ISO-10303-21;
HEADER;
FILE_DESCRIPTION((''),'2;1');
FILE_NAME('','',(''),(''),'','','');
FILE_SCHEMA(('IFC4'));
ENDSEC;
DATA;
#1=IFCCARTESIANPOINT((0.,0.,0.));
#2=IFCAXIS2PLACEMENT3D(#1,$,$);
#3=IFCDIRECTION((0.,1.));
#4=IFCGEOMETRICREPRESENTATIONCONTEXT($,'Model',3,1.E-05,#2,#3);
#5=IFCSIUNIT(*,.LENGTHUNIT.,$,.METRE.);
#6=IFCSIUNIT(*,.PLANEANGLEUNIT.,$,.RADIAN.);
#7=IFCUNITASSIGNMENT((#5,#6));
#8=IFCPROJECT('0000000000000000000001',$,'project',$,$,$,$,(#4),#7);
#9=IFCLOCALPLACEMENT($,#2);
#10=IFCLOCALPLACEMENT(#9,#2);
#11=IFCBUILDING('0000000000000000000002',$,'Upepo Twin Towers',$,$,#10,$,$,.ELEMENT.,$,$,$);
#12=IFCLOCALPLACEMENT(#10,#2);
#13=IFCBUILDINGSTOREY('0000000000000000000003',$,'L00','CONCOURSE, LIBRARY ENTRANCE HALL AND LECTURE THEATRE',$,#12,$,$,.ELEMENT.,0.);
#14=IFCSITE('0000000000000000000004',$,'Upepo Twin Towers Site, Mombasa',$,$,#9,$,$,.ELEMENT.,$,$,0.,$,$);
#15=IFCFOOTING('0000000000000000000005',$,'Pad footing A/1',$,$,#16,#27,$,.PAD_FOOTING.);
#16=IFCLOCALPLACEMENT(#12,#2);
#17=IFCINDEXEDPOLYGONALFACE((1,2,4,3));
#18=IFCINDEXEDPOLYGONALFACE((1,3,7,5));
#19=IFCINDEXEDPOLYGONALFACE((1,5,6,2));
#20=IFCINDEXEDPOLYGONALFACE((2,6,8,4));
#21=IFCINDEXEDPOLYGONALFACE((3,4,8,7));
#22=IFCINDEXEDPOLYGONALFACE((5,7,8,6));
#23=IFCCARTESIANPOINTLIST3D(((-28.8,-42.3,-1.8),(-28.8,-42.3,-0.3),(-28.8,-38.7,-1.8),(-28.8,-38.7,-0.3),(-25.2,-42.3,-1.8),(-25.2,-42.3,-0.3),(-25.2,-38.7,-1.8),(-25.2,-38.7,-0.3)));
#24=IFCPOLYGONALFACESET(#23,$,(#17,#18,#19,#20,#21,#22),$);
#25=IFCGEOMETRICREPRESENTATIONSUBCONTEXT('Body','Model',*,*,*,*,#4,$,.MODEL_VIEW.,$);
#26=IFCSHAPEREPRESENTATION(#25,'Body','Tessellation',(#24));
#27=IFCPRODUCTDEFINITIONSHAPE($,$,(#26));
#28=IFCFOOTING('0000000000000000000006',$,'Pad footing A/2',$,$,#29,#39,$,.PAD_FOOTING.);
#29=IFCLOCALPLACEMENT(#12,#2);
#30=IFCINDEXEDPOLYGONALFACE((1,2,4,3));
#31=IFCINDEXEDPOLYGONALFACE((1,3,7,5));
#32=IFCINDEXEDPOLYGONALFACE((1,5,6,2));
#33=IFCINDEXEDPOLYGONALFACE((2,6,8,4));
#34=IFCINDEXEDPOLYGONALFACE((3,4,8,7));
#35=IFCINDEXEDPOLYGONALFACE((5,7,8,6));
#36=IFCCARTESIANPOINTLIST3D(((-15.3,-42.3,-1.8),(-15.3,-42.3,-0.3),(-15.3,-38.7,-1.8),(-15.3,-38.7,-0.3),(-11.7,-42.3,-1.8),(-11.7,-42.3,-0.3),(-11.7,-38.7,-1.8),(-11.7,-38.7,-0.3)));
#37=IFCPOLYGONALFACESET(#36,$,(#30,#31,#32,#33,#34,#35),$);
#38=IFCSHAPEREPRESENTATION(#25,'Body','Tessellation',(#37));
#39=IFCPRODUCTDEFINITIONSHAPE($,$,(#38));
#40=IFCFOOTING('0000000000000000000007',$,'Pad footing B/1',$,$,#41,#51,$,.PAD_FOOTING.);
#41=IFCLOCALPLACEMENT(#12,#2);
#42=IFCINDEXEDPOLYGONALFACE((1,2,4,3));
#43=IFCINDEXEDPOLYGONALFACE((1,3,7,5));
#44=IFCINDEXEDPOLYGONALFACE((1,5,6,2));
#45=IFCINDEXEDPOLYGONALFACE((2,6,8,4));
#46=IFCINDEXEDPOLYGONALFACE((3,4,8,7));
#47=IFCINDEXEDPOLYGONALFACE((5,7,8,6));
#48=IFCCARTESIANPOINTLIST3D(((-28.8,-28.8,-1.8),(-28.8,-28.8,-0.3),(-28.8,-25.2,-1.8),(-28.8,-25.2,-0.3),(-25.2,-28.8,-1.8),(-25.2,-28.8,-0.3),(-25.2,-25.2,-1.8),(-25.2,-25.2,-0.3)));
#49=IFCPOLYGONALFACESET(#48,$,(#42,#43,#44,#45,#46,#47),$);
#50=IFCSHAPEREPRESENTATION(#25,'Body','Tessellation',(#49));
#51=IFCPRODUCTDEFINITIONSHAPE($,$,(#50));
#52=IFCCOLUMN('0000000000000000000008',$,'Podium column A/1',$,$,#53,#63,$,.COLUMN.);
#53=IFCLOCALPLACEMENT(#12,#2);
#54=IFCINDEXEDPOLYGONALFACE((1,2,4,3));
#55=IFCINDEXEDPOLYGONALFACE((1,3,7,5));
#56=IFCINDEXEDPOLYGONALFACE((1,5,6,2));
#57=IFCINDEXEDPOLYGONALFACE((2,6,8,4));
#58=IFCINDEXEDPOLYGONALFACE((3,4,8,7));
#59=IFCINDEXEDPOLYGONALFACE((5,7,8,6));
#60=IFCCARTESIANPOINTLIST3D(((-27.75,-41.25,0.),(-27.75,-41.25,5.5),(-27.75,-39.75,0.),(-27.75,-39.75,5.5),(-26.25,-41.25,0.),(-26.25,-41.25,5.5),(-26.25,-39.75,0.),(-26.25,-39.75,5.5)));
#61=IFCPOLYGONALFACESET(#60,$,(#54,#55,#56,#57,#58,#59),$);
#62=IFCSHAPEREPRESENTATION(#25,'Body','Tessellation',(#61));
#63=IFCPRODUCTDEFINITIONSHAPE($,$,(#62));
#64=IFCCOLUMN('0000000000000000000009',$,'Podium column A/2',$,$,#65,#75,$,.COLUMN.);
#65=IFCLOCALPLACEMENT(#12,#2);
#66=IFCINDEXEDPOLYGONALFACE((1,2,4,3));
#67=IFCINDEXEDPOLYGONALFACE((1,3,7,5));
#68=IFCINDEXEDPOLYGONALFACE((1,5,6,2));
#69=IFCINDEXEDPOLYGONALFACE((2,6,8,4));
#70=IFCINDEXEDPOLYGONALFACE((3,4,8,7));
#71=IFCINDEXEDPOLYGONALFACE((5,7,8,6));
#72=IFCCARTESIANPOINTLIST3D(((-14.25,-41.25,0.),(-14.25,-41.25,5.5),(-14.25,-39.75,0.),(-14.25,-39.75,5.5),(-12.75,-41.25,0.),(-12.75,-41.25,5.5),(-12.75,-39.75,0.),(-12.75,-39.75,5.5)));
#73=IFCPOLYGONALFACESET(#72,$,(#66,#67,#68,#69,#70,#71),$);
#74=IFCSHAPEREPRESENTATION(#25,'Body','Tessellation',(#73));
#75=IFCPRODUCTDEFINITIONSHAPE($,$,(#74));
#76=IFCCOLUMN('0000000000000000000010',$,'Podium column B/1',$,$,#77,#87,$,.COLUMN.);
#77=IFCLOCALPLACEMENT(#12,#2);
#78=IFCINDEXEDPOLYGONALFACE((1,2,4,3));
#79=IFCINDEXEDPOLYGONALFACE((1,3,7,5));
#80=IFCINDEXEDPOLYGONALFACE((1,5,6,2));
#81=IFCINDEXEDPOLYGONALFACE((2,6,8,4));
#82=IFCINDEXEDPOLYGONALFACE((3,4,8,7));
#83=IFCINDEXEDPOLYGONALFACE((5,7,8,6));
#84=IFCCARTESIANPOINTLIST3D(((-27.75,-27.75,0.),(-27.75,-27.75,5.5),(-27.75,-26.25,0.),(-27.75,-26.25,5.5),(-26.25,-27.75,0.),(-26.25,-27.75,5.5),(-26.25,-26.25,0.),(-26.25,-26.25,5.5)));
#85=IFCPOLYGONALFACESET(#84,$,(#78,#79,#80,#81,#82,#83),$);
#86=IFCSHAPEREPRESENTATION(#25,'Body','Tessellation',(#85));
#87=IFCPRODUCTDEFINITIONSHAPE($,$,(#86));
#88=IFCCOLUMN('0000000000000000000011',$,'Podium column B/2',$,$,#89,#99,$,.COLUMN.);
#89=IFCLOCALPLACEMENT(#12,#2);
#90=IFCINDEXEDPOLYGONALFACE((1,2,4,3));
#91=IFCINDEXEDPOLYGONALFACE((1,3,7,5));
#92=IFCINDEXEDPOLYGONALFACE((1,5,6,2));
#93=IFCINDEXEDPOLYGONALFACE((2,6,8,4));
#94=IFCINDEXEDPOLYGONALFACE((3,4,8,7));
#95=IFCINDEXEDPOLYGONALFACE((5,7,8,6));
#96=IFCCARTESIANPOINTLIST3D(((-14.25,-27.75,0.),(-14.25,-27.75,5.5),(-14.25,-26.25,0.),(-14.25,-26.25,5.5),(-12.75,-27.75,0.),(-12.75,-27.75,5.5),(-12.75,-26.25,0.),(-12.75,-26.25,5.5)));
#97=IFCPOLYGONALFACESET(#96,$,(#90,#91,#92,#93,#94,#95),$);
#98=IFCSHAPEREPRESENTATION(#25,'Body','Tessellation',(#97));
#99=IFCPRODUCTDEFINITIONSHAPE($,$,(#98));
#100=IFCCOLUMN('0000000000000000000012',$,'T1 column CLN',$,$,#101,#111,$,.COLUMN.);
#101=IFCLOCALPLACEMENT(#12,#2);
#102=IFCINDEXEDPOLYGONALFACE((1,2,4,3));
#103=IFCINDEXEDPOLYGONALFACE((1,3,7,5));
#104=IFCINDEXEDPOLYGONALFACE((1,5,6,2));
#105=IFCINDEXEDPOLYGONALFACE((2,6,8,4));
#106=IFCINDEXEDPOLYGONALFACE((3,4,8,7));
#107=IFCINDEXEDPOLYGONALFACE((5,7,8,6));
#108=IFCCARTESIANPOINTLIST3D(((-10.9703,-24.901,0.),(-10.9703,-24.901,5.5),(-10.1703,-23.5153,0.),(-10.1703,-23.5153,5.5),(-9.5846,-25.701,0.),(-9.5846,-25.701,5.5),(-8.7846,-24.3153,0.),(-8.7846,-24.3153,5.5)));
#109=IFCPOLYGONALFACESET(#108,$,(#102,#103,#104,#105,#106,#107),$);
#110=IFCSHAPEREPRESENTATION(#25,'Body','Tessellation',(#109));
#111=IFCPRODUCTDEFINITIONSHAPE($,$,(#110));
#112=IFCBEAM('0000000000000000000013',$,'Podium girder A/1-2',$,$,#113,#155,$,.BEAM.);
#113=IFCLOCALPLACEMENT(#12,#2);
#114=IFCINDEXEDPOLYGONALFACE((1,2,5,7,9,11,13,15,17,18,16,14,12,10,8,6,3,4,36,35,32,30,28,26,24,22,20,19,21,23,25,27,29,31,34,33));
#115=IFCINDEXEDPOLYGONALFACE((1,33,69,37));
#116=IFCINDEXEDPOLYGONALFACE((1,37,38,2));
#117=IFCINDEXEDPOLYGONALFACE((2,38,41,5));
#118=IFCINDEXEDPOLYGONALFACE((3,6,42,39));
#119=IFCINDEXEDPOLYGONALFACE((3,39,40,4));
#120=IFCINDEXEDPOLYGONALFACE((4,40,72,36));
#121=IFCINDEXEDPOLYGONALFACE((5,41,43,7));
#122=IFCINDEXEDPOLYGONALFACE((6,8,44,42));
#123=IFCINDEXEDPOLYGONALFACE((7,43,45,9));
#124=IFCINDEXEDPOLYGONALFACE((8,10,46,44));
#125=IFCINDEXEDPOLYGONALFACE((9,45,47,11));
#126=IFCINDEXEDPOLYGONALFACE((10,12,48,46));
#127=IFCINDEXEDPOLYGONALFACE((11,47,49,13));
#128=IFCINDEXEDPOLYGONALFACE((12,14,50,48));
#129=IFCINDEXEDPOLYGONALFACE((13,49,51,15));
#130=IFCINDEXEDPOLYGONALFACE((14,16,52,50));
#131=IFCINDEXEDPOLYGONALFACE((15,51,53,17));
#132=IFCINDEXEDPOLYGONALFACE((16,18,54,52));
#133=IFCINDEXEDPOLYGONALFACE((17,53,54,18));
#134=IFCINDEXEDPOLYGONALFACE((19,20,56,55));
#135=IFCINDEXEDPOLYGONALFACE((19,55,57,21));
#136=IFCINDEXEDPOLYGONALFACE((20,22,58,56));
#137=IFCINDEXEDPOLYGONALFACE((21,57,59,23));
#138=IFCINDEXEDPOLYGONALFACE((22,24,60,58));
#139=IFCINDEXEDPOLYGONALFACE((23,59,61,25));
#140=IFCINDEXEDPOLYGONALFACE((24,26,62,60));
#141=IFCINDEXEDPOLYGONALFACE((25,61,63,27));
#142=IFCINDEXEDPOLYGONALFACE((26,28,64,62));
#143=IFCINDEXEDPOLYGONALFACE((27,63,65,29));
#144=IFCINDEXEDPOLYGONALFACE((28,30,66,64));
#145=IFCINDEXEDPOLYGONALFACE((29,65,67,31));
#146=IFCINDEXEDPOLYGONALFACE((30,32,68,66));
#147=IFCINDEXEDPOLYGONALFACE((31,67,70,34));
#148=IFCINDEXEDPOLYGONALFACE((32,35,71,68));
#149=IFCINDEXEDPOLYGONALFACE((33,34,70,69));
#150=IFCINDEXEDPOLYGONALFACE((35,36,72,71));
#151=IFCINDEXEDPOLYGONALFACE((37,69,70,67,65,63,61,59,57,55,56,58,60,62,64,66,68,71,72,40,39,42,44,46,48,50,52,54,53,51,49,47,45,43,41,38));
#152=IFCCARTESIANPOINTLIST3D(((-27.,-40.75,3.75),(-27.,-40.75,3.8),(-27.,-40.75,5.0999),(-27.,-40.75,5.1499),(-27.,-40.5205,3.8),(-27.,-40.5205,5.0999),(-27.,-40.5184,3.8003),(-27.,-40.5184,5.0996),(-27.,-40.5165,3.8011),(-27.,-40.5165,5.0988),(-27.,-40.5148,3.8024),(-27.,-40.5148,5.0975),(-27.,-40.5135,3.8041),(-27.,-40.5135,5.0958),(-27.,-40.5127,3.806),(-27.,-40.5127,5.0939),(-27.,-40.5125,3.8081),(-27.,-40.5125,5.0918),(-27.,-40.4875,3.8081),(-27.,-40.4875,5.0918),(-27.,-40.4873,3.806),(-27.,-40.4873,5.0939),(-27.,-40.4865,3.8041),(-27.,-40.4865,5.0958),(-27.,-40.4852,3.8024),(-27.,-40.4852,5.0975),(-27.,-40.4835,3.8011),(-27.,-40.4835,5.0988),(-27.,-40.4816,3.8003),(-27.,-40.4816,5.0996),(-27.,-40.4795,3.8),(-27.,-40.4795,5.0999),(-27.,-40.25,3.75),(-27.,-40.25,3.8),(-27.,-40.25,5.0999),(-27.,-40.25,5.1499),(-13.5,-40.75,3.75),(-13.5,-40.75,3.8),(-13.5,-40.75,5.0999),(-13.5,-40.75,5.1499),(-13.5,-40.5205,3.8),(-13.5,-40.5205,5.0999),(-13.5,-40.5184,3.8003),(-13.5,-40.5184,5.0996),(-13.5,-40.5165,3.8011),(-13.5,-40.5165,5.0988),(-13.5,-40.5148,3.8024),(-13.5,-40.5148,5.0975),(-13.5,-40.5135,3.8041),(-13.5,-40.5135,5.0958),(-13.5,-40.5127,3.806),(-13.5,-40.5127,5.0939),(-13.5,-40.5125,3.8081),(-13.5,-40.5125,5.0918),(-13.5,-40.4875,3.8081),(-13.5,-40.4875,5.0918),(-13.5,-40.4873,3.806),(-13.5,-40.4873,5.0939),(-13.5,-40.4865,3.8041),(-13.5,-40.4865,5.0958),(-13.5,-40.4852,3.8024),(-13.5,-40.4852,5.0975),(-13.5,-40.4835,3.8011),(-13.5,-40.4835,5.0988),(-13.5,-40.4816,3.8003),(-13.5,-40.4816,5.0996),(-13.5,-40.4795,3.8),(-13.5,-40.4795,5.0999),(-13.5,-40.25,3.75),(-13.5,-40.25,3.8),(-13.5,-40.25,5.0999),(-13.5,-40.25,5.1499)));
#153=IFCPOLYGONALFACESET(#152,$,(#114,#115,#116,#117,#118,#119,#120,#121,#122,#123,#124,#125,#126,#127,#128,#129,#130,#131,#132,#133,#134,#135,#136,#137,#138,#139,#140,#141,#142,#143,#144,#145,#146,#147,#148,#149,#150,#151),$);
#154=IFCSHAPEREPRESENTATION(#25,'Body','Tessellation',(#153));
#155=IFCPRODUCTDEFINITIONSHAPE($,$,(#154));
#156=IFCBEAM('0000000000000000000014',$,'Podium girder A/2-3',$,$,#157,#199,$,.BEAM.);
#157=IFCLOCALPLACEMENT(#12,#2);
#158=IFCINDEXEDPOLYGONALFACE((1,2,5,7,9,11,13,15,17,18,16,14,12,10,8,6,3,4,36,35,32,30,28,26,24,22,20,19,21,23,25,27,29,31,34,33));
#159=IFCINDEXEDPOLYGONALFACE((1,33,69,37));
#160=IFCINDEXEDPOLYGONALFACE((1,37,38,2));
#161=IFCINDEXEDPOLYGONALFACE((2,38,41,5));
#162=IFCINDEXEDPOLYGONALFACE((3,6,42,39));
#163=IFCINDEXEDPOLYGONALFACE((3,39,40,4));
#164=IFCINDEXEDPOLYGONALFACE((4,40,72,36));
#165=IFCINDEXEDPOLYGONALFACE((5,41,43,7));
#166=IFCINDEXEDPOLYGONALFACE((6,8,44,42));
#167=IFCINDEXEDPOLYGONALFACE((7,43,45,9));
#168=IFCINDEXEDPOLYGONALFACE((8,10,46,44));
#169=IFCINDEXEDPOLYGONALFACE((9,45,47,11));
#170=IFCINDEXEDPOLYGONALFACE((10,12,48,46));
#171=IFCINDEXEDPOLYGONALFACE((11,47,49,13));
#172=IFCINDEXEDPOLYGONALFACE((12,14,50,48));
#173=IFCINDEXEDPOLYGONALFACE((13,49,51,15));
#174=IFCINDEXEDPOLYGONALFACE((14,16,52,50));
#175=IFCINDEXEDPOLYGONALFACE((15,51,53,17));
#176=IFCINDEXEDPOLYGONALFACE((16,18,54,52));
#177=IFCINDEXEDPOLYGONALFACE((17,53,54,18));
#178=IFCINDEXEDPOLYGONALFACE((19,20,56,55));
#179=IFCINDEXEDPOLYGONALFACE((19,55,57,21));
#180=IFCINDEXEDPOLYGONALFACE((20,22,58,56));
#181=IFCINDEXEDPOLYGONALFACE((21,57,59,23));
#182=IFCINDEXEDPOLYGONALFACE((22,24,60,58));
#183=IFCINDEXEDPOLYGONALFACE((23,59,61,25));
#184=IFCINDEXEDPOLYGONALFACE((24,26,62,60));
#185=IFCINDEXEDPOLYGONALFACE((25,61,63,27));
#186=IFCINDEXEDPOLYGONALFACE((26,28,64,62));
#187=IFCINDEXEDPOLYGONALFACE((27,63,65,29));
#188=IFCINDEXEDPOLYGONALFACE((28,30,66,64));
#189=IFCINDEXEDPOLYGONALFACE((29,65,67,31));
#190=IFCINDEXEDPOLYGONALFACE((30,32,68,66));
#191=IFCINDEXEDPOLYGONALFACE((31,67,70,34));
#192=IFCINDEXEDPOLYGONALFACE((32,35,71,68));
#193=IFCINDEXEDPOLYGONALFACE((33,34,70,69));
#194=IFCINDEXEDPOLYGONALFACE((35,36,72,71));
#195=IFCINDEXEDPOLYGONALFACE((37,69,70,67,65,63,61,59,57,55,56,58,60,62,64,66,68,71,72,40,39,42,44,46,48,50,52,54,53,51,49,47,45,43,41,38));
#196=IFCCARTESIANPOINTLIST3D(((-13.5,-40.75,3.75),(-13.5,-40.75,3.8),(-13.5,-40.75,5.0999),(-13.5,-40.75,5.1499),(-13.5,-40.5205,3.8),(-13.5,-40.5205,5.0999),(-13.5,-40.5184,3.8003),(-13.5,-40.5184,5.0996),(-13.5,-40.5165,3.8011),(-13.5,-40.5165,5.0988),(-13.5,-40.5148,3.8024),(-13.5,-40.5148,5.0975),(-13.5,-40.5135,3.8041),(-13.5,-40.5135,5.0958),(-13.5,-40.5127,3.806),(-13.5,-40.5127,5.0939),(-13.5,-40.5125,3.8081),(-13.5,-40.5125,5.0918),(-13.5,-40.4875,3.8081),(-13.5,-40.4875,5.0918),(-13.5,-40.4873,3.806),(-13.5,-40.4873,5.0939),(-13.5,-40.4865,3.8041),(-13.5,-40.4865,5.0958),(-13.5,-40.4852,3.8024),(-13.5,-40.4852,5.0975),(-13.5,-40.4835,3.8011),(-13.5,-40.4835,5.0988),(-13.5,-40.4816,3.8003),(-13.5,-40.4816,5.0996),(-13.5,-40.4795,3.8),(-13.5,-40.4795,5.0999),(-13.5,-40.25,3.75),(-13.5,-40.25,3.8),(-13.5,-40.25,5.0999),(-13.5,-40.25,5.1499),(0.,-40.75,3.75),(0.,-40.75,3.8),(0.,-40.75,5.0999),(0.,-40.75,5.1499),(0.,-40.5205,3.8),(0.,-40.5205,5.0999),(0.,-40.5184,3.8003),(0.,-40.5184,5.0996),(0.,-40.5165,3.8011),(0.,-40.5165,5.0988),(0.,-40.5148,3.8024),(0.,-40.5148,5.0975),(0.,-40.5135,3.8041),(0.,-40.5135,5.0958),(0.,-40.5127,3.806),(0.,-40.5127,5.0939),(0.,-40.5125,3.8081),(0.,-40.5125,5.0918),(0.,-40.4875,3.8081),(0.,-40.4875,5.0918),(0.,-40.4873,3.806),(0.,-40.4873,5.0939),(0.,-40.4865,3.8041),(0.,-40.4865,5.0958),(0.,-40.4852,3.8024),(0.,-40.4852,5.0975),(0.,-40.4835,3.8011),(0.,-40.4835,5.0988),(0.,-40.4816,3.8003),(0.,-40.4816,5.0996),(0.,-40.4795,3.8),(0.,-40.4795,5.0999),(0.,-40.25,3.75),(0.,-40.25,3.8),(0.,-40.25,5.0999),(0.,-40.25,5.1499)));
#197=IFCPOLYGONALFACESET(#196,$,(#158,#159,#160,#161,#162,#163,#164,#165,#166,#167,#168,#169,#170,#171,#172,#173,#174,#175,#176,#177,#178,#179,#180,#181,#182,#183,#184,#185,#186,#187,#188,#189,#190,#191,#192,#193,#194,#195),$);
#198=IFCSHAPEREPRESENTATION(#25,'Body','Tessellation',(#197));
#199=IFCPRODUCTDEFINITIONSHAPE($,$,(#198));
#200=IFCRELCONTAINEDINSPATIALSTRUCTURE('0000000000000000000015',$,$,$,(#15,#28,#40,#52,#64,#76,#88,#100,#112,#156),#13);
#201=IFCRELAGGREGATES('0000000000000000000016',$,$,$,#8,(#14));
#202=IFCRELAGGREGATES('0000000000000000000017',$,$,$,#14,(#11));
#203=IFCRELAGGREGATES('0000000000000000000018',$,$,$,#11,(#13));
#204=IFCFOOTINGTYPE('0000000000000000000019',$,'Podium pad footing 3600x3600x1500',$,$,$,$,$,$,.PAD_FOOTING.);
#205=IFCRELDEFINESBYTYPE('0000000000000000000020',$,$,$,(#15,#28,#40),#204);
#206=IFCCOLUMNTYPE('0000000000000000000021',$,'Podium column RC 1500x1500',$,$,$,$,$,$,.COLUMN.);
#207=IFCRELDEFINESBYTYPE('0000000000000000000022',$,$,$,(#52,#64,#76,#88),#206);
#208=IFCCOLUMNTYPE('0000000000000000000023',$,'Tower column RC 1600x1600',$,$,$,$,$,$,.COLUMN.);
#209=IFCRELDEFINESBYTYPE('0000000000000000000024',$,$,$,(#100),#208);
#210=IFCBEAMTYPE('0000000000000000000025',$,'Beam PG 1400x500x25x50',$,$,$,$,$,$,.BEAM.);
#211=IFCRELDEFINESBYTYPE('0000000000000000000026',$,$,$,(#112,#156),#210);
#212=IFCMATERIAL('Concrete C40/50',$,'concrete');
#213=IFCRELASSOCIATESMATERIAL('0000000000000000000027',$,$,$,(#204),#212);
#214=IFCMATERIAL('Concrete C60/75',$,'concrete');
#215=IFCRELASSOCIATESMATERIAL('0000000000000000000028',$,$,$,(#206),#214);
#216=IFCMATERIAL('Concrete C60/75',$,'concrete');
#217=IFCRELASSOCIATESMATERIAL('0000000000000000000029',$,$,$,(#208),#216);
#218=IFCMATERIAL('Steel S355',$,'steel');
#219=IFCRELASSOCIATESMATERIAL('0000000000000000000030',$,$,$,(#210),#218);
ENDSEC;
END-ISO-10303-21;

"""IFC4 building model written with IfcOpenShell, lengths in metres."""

from ifc_helpers import new_model, si_unit, direction, frame, origin, origin_2d, place, context, subcontext, project, spatial, rectangle, i_section, extrude, material, material_profile, profile_set, type_object, element, save


model = new_model("IFC4")

# Units and contexts
model_context = context("Model", 3, precision=1e-05, world=origin(), true_north=direction((0.0, 1.0)))
body_context = subcontext(model_context, "Body", "Model", "MODEL_VIEW")
ifc_project = project(units=[si_unit("LENGTHUNIT", "METRE"), si_unit("PLANEANGLEUNIT", "RADIAN")], contexts=[model_context])

# Site, building, storey
site_placement = place(None, origin())
site = spatial("IfcSite", under=ifc_project, at=site_placement, Name="Upepo Twin Towers Site, Mombasa", CompositionType="ELEMENT", RefElevation=0.0)
building_placement = place(site_placement, origin())
building = spatial("IfcBuilding", under=site, at=building_placement, Name="Upepo Twin Towers", CompositionType="ELEMENT")
storey_placement = place(building_placement, origin())
storey = spatial("IfcBuildingStorey", under=building, at=storey_placement, Name="L00", Description="CONCOURSE, LIBRARY ENTRANCE HALL AND LECTURE THEATRE", CompositionType="ELEMENT", Elevation=0.0)

# Footings
ifc_material_1 = material(Name="Concrete C40/50", Category="concrete")
footing_type = type_object("IfcFootingType", Name="Podium pad footing 3600x3600x1500", PredefinedType="PAD_FOOTING", material=ifc_material_1)
for number, where, z_axis, x_axis, name in (
    (1, (-27.0, -40.5, -1.8), (0.0, 0.0, 1.0), (1.0, 0.0, 0.0), "Pad footing A/1"),
    (2, (-13.5, -40.5, -1.8), (0.0, 0.0, 1.0), (1.0, 0.0, 0.0), "Pad footing A/2"),
    (3, (-27.0, -27.0, -1.8), (0.0, 0.0, 1.0), (1.0, 0.0, 0.0), "Pad footing B/1"),
):
    element("IfcFooting", number, at=place(storey_placement, frame(where, z_axis=z_axis, x_axis=x_axis)), inside=storey, type_object=footing_type, Name=name, PredefinedType="PAD_FOOTING", context=body_context, shape_type="SweptSolid", body=[
        extrude(rectangle(XDim=3.6001, YDim=3.6001, at=origin_2d()), origin(), (0.0, 0.0, 1.0), 1.5),
    ])

# Columns
ifc_material_2 = material(Name="Concrete C60/75", Category="concrete")
ifc_material_profile_1 = material_profile(ifc_material_2, rectangle(XDim=1.5, YDim=1.5, at=origin_2d()), Name="RC 1500x1500")
ifc_profile_set_1 = profile_set([ifc_material_profile_1], Name="Concrete C60/75")
column_type_1 = type_object("IfcColumnType", Name="Podium column RC 1500x1500", PredefinedType="COLUMN", material=ifc_profile_set_1)
for number, where, z_axis, x_axis, name in (
    (4, (-27.0, -40.5, 0.0), (0.0, 0.0, 1.0), (1.0, 0.0, 0.0), "Podium column A/1"),
    (5, (-13.5, -40.5, 0.0), (0.0, 0.0, 1.0), (1.0, 0.0, 0.0), "Podium column A/2"),
    (6, (-27.0, -27.0, 0.0), (0.0, 0.0, 1.0), (1.0, 0.0, 0.0), "Podium column B/1"),
    (7, (-13.5, -27.0, 0.0), (0.0, 0.0, 1.0), (1.0, 0.0, 0.0), "Podium column B/2"),
):
    element("IfcColumn", number, at=place(storey_placement, frame(where, z_axis=z_axis, x_axis=x_axis)), inside=storey, type_object=column_type_1, Name=name, PredefinedType="COLUMN", context=body_context, shape_type="SweptSolid", body=[
        extrude(rectangle(XDim=1.5, YDim=1.5, at=origin_2d()), origin(), (0.0, 0.0, 1.0), 5.5),
    ])
ifc_material_3 = material(Name="Concrete C60/75", Category="concrete")
ifc_material_profile_2 = material_profile(ifc_material_3, rectangle(XDim=1.6001, YDim=1.6001, at=origin_2d()), Name="RC 1600x1600")
ifc_profile_set_2 = profile_set([ifc_material_profile_2], Name="Concrete C60/75")
column_type_2 = type_object("IfcColumnType", Name="Tower column RC 1600x1600", PredefinedType="COLUMN", material=ifc_profile_set_2)
column_placement = place(storey_placement, frame((-9.8774, -24.6082, 0.0), z_axis=(0.0, 0.0, 1.0), x_axis=(0.5, 0.866025, 0.0)))
element("IfcColumn", 8, at=column_placement, inside=storey, type_object=column_type_2, Name="T1 column CLN", PredefinedType="COLUMN", context=body_context, shape_type="SweptSolid", body=[
    extrude(rectangle(XDim=1.6001, YDim=1.6001, at=origin_2d()), origin(), (0.0, 0.0, 1.0), 5.5),
])

# Beams
ifc_material_4 = material(Name="Steel S355", Category="steel")
ifc_material_profile_3 = material_profile(ifc_material_4, i_section(OverallWidth=0.5, OverallDepth=1.3999, WebThickness=0.0249, FlangeThickness=0.05, FilletRadius=0.0081, at=origin_2d()), Name="PG 1400x500x25x50")
ifc_profile_set_3 = profile_set([ifc_material_profile_3], Name="Steel S355")
beam_type_1 = type_object("IfcBeamType", Name="Beam PG 1400x500x25x50", PredefinedType="BEAM", material=ifc_profile_set_3)
for number, where, z_axis, x_axis, name in (
    (9, (-27.0, -40.5, 4.45), (1.0, 0.0, 0.0), (0.0, 1.0, 0.0), "Podium girder A/1-2"),
    (10, (-13.5, -40.5, 4.45), (1.0, 0.0, 0.0), (0.0, 1.0, 0.0), "Podium girder A/2-3"),
):
    element("IfcBeam", number, at=place(storey_placement, frame(where, z_axis=z_axis, x_axis=x_axis)), inside=storey, type_object=beam_type_1, Name=name, PredefinedType="BEAM", context=body_context, shape_type="SweptSolid", body=[
        extrude(i_section(OverallWidth=0.5, OverallDepth=1.3999, WebThickness=0.0249, FlangeThickness=0.05, FilletRadius=0.0081, at=origin_2d()), origin(), (0.0, 0.0, 1.0), 13.5),
    ])

save(model, "model.ifc")
